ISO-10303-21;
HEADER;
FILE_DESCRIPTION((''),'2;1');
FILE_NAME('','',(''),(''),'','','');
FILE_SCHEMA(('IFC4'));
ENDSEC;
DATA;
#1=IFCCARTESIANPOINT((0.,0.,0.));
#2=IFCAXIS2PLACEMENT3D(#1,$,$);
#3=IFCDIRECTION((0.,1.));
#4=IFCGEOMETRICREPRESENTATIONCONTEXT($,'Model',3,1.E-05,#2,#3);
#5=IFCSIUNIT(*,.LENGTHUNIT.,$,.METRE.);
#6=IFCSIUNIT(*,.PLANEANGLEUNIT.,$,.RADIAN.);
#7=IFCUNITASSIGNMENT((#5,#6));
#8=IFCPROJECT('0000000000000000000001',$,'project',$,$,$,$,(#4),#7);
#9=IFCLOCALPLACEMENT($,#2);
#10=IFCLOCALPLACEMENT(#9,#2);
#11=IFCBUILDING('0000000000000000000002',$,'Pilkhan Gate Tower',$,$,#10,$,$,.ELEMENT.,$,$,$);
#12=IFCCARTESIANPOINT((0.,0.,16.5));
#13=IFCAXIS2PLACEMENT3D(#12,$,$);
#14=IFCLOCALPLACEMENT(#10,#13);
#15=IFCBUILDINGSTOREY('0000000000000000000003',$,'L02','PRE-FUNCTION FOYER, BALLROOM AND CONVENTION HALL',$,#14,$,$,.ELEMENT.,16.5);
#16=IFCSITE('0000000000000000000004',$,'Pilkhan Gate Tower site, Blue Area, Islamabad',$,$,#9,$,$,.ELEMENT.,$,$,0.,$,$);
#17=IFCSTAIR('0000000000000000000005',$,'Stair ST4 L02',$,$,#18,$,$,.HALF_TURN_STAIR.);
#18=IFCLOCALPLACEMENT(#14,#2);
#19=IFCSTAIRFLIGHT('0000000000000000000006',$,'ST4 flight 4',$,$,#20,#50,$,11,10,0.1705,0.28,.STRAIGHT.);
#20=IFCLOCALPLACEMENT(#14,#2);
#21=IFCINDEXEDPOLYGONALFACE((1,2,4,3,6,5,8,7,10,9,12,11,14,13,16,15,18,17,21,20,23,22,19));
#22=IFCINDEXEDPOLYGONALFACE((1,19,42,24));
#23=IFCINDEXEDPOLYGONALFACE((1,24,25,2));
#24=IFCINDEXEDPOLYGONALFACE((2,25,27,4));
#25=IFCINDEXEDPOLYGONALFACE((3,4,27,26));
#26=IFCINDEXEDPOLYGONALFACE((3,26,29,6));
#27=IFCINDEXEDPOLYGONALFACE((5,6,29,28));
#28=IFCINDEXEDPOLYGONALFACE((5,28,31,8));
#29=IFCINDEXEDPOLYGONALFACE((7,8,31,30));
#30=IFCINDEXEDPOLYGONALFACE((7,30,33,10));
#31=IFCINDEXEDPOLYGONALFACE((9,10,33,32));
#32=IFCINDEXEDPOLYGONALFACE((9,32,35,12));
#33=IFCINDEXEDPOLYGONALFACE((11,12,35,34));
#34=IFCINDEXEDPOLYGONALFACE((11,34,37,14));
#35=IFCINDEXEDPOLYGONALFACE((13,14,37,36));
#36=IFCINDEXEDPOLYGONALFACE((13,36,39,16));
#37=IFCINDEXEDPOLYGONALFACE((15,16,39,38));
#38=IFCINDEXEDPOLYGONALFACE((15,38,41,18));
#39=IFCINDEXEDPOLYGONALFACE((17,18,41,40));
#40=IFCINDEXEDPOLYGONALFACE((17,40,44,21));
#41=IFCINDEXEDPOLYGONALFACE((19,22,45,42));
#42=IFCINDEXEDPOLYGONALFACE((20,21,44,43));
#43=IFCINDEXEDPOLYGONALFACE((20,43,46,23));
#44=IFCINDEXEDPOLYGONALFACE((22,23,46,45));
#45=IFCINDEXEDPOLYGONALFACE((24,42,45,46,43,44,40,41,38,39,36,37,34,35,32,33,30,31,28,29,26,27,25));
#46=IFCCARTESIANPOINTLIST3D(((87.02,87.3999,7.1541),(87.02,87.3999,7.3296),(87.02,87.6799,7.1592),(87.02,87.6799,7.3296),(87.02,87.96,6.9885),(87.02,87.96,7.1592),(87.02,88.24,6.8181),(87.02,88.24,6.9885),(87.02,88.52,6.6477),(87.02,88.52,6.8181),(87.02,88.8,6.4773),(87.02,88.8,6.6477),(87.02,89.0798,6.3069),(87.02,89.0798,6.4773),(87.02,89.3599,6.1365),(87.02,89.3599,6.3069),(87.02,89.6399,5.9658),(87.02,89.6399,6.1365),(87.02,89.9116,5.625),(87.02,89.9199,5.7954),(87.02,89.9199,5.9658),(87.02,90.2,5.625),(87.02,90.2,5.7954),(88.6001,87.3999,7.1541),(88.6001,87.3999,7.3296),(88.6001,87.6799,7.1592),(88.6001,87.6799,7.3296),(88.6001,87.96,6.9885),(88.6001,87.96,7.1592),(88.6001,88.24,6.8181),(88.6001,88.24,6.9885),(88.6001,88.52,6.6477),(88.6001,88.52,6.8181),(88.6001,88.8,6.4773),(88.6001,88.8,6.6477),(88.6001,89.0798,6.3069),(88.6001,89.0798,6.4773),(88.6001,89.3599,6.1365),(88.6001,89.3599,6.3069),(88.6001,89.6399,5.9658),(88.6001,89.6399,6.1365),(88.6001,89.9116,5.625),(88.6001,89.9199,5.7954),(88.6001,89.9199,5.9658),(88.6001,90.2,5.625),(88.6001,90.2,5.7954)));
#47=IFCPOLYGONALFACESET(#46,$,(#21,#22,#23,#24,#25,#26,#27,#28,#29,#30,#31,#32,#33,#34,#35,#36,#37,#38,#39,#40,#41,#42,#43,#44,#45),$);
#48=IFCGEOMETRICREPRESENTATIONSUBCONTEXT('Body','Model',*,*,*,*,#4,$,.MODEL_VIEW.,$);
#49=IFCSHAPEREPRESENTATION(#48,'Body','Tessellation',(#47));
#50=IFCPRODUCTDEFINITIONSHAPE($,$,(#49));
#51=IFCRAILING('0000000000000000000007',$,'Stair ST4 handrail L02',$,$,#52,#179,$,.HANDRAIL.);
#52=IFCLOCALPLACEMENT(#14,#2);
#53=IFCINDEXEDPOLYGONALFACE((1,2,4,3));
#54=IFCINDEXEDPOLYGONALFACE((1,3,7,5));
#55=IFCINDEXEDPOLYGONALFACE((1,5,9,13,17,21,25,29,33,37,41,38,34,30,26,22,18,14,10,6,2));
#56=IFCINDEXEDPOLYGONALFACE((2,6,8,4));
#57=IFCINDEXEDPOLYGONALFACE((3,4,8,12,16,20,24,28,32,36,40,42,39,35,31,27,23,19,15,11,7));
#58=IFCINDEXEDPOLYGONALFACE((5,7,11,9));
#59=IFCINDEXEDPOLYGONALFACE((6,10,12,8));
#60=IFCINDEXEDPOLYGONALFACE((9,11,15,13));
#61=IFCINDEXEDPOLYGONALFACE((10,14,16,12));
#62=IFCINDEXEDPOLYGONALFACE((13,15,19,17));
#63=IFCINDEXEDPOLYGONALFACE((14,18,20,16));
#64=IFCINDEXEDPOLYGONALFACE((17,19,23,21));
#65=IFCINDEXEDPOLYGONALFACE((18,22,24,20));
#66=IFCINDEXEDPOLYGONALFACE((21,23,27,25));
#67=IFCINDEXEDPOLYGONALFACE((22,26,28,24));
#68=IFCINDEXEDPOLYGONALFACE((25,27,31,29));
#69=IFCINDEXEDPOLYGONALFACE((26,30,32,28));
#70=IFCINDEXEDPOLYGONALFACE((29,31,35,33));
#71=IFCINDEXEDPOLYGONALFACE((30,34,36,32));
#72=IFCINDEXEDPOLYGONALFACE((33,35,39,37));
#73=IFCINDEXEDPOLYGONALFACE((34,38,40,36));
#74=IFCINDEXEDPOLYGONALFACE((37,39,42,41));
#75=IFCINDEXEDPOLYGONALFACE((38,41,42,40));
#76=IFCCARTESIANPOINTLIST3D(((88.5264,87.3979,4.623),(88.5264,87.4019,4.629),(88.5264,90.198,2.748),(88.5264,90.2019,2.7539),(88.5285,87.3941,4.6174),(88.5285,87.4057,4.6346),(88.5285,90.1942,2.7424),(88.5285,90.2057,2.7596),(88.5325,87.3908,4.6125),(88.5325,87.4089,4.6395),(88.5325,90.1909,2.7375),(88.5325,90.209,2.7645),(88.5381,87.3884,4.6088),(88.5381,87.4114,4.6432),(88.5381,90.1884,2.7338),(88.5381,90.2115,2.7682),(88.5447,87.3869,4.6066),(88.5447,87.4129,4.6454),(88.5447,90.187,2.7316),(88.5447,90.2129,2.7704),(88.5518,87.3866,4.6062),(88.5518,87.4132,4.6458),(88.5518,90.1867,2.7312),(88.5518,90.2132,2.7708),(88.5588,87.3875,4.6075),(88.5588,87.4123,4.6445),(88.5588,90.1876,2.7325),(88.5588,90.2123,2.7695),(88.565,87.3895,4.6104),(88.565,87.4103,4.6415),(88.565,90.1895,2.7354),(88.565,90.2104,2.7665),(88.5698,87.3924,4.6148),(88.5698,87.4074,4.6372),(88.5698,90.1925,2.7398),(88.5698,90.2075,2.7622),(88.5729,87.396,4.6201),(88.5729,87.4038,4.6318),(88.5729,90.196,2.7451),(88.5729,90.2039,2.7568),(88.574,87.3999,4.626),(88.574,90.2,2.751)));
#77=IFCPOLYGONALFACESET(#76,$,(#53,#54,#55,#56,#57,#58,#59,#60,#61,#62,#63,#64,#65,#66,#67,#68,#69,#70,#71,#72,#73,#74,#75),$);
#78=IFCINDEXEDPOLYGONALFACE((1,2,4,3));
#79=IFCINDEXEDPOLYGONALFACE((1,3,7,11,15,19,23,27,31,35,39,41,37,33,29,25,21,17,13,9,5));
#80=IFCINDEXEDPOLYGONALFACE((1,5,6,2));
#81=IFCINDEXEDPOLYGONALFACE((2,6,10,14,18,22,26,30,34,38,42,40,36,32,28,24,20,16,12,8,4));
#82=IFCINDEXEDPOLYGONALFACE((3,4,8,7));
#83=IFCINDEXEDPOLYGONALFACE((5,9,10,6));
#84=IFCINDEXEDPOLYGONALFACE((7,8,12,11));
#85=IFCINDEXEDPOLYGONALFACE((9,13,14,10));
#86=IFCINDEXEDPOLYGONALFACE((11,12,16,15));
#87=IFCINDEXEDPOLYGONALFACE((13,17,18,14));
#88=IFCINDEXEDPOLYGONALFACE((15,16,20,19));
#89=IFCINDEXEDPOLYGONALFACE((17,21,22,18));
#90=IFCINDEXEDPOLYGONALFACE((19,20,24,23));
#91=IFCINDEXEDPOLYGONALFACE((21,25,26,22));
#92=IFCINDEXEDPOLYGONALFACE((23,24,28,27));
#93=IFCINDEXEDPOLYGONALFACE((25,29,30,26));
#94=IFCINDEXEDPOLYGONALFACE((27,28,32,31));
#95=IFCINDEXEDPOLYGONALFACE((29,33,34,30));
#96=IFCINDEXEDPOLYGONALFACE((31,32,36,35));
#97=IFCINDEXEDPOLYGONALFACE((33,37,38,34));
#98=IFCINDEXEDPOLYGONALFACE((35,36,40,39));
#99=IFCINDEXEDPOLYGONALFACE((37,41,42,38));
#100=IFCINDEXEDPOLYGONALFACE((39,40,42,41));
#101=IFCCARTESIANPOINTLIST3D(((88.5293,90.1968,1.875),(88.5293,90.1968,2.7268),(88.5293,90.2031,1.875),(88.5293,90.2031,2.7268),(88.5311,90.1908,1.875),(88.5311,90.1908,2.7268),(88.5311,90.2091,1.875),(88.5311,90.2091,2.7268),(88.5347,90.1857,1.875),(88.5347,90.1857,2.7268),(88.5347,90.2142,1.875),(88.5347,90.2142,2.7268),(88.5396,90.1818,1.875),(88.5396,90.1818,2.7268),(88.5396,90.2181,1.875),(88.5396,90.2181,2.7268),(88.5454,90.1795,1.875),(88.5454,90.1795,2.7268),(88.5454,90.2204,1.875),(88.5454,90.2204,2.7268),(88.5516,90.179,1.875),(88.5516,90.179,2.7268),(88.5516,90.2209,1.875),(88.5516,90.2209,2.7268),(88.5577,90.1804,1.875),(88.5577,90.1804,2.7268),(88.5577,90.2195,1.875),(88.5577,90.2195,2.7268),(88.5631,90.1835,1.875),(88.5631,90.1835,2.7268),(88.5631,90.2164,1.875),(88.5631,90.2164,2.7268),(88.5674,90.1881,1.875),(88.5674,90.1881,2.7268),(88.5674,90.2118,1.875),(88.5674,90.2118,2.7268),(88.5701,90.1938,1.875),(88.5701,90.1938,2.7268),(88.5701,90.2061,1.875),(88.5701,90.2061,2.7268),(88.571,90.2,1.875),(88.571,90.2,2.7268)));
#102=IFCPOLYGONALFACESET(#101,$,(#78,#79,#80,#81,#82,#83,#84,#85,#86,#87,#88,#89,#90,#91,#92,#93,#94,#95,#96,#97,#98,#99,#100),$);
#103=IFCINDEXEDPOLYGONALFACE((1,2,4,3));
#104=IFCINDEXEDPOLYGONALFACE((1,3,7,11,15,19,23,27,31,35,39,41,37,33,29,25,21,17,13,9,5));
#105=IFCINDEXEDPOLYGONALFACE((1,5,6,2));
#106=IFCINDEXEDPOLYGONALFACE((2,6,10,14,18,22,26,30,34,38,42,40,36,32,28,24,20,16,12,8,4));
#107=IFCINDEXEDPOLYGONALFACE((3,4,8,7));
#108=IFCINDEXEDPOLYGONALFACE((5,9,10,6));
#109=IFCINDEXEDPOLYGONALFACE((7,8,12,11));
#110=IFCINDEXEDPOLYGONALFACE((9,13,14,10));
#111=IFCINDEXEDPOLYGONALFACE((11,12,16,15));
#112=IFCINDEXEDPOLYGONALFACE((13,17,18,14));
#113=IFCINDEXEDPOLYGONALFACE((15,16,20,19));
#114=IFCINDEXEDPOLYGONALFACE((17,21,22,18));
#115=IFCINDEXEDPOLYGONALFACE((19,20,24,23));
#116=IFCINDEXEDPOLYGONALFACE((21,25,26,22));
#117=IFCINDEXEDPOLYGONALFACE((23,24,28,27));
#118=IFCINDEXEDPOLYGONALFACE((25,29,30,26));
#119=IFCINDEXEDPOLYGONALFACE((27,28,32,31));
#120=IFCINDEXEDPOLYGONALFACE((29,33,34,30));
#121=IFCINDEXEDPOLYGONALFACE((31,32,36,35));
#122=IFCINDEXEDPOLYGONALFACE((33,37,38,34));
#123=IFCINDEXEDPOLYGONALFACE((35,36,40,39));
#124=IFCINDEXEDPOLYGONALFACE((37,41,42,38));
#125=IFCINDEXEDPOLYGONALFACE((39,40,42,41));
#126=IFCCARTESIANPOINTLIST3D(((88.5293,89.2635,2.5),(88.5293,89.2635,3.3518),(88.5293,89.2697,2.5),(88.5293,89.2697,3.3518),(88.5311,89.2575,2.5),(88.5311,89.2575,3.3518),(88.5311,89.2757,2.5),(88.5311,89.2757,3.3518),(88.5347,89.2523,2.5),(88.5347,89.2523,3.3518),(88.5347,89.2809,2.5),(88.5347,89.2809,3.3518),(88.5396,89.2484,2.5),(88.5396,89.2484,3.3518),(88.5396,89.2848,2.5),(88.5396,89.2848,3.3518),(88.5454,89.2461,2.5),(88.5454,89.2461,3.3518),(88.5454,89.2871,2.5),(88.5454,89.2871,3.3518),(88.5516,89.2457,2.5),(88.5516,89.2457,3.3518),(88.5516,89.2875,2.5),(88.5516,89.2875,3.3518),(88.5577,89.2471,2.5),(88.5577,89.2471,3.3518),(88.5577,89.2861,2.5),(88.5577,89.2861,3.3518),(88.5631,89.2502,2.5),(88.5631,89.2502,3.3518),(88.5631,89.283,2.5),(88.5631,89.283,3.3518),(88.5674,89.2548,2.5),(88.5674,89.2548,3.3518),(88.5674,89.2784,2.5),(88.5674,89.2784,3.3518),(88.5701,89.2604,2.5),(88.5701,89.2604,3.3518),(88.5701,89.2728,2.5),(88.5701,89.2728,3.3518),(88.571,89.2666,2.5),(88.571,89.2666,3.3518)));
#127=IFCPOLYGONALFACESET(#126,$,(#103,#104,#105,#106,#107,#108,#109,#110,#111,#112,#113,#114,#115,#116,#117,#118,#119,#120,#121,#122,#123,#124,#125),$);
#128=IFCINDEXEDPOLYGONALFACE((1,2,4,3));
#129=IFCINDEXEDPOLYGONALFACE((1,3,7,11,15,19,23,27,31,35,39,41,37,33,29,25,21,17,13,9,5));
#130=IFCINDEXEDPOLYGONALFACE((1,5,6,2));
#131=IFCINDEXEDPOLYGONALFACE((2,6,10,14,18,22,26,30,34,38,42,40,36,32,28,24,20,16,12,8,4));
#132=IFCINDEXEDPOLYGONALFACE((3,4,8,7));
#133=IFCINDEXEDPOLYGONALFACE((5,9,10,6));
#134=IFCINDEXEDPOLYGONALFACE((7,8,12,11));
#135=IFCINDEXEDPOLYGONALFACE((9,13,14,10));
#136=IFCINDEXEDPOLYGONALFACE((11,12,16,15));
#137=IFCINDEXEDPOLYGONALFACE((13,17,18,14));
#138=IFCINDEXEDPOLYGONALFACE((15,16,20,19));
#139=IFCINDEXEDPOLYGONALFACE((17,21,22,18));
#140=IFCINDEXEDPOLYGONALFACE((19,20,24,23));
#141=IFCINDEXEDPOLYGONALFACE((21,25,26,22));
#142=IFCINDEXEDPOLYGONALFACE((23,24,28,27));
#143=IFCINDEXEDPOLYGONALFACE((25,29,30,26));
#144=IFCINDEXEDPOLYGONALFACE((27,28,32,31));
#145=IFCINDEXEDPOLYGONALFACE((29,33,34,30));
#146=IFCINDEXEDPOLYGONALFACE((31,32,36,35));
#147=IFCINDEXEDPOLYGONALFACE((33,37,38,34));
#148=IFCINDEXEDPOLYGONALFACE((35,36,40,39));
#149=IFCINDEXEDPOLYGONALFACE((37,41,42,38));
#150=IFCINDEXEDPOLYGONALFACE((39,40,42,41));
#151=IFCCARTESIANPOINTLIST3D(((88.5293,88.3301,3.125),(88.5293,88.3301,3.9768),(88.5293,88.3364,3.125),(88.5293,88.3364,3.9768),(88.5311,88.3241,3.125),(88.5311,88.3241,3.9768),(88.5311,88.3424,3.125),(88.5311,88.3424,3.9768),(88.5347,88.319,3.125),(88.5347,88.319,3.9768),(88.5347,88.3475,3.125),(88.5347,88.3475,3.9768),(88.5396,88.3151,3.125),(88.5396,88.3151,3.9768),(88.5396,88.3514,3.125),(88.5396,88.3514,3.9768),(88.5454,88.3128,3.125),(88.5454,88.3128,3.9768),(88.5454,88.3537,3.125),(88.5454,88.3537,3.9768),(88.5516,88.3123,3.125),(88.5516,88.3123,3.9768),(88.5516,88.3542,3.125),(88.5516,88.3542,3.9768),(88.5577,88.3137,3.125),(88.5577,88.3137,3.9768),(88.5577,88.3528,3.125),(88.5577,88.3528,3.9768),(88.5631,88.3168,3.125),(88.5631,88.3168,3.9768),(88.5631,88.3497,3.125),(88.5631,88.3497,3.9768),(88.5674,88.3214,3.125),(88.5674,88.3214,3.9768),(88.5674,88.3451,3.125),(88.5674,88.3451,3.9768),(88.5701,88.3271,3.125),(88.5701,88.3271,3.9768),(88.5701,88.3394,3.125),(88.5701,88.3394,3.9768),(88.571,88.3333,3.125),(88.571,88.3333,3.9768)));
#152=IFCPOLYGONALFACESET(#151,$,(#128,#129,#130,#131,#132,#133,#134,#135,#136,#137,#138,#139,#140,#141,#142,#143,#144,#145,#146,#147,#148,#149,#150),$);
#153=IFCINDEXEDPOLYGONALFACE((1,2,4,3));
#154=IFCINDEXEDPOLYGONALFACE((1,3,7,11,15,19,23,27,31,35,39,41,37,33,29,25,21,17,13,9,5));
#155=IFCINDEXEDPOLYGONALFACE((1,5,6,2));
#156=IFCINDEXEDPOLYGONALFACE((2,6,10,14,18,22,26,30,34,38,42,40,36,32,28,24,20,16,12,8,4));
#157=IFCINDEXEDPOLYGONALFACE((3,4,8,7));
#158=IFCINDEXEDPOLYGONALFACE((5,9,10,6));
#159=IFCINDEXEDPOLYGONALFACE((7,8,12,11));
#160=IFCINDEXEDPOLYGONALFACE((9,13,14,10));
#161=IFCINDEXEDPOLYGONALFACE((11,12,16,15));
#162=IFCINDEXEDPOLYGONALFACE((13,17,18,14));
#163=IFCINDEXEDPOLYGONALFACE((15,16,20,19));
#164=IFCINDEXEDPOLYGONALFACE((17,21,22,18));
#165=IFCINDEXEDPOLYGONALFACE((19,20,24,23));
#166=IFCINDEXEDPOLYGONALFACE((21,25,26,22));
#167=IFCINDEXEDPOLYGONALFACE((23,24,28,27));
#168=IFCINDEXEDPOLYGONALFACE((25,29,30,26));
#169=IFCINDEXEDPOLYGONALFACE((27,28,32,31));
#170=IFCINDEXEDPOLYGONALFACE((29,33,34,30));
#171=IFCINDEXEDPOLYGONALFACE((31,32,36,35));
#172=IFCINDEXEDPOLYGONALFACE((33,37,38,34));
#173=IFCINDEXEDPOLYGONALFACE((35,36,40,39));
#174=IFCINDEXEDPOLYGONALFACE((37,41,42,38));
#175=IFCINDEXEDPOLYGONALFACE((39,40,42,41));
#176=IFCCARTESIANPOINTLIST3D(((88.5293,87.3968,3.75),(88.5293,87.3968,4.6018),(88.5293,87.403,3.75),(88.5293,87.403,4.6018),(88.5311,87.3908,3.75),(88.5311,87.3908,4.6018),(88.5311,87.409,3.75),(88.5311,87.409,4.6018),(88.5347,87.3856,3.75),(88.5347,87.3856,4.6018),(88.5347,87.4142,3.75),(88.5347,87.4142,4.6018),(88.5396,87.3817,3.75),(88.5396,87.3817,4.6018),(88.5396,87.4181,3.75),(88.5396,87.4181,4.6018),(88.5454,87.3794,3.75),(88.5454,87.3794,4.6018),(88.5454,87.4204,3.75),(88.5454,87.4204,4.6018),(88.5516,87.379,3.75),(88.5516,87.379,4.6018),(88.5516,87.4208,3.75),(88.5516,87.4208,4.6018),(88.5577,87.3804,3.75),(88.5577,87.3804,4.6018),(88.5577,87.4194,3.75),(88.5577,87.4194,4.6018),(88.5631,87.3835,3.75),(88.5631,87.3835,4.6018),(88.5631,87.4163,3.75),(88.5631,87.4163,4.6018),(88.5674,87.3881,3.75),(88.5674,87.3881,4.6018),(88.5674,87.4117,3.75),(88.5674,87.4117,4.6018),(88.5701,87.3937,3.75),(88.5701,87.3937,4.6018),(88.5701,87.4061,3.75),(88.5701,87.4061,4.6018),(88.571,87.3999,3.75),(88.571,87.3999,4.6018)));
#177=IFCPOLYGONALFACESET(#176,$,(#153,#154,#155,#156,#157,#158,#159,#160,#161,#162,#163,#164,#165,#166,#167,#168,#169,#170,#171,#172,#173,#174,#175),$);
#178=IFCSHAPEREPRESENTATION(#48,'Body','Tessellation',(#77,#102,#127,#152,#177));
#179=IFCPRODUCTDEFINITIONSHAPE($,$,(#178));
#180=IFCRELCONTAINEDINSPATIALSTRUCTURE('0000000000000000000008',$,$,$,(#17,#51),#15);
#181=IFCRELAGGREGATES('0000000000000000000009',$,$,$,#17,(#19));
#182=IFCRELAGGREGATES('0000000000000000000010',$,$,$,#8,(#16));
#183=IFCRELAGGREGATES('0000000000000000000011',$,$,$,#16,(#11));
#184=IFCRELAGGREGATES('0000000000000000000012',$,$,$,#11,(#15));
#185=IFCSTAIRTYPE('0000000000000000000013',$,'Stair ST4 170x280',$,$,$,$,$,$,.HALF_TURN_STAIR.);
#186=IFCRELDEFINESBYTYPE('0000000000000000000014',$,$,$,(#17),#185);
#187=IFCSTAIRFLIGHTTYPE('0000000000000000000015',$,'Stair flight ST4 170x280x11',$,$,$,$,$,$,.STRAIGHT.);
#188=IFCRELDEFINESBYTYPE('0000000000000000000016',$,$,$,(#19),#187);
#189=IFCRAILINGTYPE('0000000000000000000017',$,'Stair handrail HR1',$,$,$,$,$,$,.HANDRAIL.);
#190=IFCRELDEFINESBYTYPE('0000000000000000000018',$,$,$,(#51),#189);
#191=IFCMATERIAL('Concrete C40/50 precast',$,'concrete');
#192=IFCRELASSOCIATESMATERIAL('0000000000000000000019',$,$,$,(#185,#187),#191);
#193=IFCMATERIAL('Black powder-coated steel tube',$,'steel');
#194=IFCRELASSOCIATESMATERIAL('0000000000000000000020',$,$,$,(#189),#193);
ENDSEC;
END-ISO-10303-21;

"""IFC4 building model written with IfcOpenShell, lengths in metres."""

from ifc_helpers import new_model, si_unit, direction, frame, origin, origin_2d, place, context, subcontext, project, spatial, polyline, circle, outline, extrude, material, type_object, element, aggregate, save


model = new_model("IFC4")

# Units and contexts
model_context = context("Model", 3, precision=1e-05, world=origin(), true_north=direction((0.0, 1.0)))
body_context = subcontext(model_context, "Body", "Model", "MODEL_VIEW")
ifc_project = project(units=[si_unit("LENGTHUNIT", "METRE"), si_unit("PLANEANGLEUNIT", "RADIAN")], contexts=[model_context])

# Site, building, storey
site_placement = place(None, origin())
site = spatial("IfcSite", under=ifc_project, at=site_placement, Name="Pilkhan Gate Tower site, Blue Area, Islamabad", CompositionType="ELEMENT", RefElevation=0.0)
building_placement = place(site_placement, origin())
building = spatial("IfcBuilding", under=site, at=building_placement, Name="Pilkhan Gate Tower", CompositionType="ELEMENT")
storey_placement = place(building_placement, frame((0.0, 0.0, 16.5)))
storey = spatial("IfcBuildingStorey", under=building, at=storey_placement, Name="L02", Description="PRE-FUNCTION FOYER, BALLROOM AND CONVENTION HALL", CompositionType="ELEMENT", Elevation=16.5)

# Stair, stair flight
ifc_material_1 = material(Name="Concrete C40/50 precast", Category="concrete")
stair_type = type_object("IfcStairType", Name="Stair ST4 170x280", PredefinedType="HALF_TURN_STAIR", material=ifc_material_1)
stair_placement = place(storey_placement, origin())
stair = element("IfcStair", 1, at=stair_placement, inside=storey, type_object=stair_type, Name="Stair ST4 L02", PredefinedType="HALF_TURN_STAIR")
stair_flight_type = type_object("IfcStairFlightType", Name="Stair flight ST4 170x280x11", PredefinedType="STRAIGHT", material=ifc_material_1)
stair_flight_1_placement = place(storey_placement, frame((87.8101, 90.2, 5.625), z_axis=(0.0, 0.0, 1.0), x_axis=(0.0, -1.0, 0.0)))
stair_flight_1 = element("IfcStairFlight", 2, at=stair_flight_1_placement, type_object=stair_flight_type, Name="ST4 flight 4", NumberOfRisers=11, NumberOfTreads=10, PredefinedType="STRAIGHT", RiserHeight=0.1705, TreadLength=0.28, context=body_context, shape_type="SweptSolid", body=[
    extrude(outline(polyline([(0.0, 0.0), (0.0, 0.1704), (0.28, 0.1704), (0.28, 0.3408), (0.5601, 0.3408), (0.5601, 0.5115), (0.8401, 0.5115), (0.8401, 0.6819), (1.1201, 0.6819), (1.1201, 0.8523), (1.3999, 0.8523), (1.3999, 1.0227), (1.6799, 1.0227), (1.6799, 1.1931), (1.96, 1.1931), (1.96, 1.3635), (2.24, 1.3635), (2.24, 1.5342), (2.52, 1.5342), (2.52, 1.7046), (2.8, 1.7046), (2.8, 1.875), (2.8, 1.5291), (0.2883, 0.0), (0.0, 0.0)])), frame((0.0, 0.79, 0.0), z_axis=(0.0, -1.0, 0.0), x_axis=(1.0, 0.0, 0.0)), (0.0, 0.0, 1.0), 1.5801),
])
aggregate(stair, [stair_flight_1])

# Railing
ifc_material_2 = material(Name="Black powder-coated steel tube", Category="steel")
railing_type_1 = type_object("IfcRailingType", Name="Stair handrail HR1", PredefinedType="HANDRAIL", material=ifc_material_2)
for number, where, name in (
    (3, (88.55, 90.2, 1.875), "Stair ST4 handrail L02"),
):
    element("IfcRailing", number, at=place(storey_placement, frame(where)), inside=storey, type_object=railing_type_1, Name=name, PredefinedType="HANDRAIL", context=body_context, shape_type="SweptSolid", body=[
        extrude(circle(Radius=0.0239, at=origin_2d()), frame((0.0, 0.0, 0.876), z_axis=(0.0, -0.830912, 0.556404), x_axis=(1.0, 0.0, 0.0)), (0.0, 0.0, 1.0), 3.3699),
        extrude(circle(Radius=0.021, at=origin_2d()), origin(), (0.0, 0.0, 1.0), 0.8518),
        extrude(circle(Radius=0.021, at=origin_2d()), frame((0.0, -0.9333, 0.625)), (0.0, 0.0, 1.0), 0.8518),
        extrude(circle(Radius=0.021, at=origin_2d()), frame((0.0, -1.8667, 1.25)), (0.0, 0.0, 1.0), 0.8518),
        extrude(circle(Radius=0.021, at=origin_2d()), frame((0.0, -2.8, 1.875)), (0.0, 0.0, 1.0), 0.8518),
    ])

save(model, "model.ifc")
